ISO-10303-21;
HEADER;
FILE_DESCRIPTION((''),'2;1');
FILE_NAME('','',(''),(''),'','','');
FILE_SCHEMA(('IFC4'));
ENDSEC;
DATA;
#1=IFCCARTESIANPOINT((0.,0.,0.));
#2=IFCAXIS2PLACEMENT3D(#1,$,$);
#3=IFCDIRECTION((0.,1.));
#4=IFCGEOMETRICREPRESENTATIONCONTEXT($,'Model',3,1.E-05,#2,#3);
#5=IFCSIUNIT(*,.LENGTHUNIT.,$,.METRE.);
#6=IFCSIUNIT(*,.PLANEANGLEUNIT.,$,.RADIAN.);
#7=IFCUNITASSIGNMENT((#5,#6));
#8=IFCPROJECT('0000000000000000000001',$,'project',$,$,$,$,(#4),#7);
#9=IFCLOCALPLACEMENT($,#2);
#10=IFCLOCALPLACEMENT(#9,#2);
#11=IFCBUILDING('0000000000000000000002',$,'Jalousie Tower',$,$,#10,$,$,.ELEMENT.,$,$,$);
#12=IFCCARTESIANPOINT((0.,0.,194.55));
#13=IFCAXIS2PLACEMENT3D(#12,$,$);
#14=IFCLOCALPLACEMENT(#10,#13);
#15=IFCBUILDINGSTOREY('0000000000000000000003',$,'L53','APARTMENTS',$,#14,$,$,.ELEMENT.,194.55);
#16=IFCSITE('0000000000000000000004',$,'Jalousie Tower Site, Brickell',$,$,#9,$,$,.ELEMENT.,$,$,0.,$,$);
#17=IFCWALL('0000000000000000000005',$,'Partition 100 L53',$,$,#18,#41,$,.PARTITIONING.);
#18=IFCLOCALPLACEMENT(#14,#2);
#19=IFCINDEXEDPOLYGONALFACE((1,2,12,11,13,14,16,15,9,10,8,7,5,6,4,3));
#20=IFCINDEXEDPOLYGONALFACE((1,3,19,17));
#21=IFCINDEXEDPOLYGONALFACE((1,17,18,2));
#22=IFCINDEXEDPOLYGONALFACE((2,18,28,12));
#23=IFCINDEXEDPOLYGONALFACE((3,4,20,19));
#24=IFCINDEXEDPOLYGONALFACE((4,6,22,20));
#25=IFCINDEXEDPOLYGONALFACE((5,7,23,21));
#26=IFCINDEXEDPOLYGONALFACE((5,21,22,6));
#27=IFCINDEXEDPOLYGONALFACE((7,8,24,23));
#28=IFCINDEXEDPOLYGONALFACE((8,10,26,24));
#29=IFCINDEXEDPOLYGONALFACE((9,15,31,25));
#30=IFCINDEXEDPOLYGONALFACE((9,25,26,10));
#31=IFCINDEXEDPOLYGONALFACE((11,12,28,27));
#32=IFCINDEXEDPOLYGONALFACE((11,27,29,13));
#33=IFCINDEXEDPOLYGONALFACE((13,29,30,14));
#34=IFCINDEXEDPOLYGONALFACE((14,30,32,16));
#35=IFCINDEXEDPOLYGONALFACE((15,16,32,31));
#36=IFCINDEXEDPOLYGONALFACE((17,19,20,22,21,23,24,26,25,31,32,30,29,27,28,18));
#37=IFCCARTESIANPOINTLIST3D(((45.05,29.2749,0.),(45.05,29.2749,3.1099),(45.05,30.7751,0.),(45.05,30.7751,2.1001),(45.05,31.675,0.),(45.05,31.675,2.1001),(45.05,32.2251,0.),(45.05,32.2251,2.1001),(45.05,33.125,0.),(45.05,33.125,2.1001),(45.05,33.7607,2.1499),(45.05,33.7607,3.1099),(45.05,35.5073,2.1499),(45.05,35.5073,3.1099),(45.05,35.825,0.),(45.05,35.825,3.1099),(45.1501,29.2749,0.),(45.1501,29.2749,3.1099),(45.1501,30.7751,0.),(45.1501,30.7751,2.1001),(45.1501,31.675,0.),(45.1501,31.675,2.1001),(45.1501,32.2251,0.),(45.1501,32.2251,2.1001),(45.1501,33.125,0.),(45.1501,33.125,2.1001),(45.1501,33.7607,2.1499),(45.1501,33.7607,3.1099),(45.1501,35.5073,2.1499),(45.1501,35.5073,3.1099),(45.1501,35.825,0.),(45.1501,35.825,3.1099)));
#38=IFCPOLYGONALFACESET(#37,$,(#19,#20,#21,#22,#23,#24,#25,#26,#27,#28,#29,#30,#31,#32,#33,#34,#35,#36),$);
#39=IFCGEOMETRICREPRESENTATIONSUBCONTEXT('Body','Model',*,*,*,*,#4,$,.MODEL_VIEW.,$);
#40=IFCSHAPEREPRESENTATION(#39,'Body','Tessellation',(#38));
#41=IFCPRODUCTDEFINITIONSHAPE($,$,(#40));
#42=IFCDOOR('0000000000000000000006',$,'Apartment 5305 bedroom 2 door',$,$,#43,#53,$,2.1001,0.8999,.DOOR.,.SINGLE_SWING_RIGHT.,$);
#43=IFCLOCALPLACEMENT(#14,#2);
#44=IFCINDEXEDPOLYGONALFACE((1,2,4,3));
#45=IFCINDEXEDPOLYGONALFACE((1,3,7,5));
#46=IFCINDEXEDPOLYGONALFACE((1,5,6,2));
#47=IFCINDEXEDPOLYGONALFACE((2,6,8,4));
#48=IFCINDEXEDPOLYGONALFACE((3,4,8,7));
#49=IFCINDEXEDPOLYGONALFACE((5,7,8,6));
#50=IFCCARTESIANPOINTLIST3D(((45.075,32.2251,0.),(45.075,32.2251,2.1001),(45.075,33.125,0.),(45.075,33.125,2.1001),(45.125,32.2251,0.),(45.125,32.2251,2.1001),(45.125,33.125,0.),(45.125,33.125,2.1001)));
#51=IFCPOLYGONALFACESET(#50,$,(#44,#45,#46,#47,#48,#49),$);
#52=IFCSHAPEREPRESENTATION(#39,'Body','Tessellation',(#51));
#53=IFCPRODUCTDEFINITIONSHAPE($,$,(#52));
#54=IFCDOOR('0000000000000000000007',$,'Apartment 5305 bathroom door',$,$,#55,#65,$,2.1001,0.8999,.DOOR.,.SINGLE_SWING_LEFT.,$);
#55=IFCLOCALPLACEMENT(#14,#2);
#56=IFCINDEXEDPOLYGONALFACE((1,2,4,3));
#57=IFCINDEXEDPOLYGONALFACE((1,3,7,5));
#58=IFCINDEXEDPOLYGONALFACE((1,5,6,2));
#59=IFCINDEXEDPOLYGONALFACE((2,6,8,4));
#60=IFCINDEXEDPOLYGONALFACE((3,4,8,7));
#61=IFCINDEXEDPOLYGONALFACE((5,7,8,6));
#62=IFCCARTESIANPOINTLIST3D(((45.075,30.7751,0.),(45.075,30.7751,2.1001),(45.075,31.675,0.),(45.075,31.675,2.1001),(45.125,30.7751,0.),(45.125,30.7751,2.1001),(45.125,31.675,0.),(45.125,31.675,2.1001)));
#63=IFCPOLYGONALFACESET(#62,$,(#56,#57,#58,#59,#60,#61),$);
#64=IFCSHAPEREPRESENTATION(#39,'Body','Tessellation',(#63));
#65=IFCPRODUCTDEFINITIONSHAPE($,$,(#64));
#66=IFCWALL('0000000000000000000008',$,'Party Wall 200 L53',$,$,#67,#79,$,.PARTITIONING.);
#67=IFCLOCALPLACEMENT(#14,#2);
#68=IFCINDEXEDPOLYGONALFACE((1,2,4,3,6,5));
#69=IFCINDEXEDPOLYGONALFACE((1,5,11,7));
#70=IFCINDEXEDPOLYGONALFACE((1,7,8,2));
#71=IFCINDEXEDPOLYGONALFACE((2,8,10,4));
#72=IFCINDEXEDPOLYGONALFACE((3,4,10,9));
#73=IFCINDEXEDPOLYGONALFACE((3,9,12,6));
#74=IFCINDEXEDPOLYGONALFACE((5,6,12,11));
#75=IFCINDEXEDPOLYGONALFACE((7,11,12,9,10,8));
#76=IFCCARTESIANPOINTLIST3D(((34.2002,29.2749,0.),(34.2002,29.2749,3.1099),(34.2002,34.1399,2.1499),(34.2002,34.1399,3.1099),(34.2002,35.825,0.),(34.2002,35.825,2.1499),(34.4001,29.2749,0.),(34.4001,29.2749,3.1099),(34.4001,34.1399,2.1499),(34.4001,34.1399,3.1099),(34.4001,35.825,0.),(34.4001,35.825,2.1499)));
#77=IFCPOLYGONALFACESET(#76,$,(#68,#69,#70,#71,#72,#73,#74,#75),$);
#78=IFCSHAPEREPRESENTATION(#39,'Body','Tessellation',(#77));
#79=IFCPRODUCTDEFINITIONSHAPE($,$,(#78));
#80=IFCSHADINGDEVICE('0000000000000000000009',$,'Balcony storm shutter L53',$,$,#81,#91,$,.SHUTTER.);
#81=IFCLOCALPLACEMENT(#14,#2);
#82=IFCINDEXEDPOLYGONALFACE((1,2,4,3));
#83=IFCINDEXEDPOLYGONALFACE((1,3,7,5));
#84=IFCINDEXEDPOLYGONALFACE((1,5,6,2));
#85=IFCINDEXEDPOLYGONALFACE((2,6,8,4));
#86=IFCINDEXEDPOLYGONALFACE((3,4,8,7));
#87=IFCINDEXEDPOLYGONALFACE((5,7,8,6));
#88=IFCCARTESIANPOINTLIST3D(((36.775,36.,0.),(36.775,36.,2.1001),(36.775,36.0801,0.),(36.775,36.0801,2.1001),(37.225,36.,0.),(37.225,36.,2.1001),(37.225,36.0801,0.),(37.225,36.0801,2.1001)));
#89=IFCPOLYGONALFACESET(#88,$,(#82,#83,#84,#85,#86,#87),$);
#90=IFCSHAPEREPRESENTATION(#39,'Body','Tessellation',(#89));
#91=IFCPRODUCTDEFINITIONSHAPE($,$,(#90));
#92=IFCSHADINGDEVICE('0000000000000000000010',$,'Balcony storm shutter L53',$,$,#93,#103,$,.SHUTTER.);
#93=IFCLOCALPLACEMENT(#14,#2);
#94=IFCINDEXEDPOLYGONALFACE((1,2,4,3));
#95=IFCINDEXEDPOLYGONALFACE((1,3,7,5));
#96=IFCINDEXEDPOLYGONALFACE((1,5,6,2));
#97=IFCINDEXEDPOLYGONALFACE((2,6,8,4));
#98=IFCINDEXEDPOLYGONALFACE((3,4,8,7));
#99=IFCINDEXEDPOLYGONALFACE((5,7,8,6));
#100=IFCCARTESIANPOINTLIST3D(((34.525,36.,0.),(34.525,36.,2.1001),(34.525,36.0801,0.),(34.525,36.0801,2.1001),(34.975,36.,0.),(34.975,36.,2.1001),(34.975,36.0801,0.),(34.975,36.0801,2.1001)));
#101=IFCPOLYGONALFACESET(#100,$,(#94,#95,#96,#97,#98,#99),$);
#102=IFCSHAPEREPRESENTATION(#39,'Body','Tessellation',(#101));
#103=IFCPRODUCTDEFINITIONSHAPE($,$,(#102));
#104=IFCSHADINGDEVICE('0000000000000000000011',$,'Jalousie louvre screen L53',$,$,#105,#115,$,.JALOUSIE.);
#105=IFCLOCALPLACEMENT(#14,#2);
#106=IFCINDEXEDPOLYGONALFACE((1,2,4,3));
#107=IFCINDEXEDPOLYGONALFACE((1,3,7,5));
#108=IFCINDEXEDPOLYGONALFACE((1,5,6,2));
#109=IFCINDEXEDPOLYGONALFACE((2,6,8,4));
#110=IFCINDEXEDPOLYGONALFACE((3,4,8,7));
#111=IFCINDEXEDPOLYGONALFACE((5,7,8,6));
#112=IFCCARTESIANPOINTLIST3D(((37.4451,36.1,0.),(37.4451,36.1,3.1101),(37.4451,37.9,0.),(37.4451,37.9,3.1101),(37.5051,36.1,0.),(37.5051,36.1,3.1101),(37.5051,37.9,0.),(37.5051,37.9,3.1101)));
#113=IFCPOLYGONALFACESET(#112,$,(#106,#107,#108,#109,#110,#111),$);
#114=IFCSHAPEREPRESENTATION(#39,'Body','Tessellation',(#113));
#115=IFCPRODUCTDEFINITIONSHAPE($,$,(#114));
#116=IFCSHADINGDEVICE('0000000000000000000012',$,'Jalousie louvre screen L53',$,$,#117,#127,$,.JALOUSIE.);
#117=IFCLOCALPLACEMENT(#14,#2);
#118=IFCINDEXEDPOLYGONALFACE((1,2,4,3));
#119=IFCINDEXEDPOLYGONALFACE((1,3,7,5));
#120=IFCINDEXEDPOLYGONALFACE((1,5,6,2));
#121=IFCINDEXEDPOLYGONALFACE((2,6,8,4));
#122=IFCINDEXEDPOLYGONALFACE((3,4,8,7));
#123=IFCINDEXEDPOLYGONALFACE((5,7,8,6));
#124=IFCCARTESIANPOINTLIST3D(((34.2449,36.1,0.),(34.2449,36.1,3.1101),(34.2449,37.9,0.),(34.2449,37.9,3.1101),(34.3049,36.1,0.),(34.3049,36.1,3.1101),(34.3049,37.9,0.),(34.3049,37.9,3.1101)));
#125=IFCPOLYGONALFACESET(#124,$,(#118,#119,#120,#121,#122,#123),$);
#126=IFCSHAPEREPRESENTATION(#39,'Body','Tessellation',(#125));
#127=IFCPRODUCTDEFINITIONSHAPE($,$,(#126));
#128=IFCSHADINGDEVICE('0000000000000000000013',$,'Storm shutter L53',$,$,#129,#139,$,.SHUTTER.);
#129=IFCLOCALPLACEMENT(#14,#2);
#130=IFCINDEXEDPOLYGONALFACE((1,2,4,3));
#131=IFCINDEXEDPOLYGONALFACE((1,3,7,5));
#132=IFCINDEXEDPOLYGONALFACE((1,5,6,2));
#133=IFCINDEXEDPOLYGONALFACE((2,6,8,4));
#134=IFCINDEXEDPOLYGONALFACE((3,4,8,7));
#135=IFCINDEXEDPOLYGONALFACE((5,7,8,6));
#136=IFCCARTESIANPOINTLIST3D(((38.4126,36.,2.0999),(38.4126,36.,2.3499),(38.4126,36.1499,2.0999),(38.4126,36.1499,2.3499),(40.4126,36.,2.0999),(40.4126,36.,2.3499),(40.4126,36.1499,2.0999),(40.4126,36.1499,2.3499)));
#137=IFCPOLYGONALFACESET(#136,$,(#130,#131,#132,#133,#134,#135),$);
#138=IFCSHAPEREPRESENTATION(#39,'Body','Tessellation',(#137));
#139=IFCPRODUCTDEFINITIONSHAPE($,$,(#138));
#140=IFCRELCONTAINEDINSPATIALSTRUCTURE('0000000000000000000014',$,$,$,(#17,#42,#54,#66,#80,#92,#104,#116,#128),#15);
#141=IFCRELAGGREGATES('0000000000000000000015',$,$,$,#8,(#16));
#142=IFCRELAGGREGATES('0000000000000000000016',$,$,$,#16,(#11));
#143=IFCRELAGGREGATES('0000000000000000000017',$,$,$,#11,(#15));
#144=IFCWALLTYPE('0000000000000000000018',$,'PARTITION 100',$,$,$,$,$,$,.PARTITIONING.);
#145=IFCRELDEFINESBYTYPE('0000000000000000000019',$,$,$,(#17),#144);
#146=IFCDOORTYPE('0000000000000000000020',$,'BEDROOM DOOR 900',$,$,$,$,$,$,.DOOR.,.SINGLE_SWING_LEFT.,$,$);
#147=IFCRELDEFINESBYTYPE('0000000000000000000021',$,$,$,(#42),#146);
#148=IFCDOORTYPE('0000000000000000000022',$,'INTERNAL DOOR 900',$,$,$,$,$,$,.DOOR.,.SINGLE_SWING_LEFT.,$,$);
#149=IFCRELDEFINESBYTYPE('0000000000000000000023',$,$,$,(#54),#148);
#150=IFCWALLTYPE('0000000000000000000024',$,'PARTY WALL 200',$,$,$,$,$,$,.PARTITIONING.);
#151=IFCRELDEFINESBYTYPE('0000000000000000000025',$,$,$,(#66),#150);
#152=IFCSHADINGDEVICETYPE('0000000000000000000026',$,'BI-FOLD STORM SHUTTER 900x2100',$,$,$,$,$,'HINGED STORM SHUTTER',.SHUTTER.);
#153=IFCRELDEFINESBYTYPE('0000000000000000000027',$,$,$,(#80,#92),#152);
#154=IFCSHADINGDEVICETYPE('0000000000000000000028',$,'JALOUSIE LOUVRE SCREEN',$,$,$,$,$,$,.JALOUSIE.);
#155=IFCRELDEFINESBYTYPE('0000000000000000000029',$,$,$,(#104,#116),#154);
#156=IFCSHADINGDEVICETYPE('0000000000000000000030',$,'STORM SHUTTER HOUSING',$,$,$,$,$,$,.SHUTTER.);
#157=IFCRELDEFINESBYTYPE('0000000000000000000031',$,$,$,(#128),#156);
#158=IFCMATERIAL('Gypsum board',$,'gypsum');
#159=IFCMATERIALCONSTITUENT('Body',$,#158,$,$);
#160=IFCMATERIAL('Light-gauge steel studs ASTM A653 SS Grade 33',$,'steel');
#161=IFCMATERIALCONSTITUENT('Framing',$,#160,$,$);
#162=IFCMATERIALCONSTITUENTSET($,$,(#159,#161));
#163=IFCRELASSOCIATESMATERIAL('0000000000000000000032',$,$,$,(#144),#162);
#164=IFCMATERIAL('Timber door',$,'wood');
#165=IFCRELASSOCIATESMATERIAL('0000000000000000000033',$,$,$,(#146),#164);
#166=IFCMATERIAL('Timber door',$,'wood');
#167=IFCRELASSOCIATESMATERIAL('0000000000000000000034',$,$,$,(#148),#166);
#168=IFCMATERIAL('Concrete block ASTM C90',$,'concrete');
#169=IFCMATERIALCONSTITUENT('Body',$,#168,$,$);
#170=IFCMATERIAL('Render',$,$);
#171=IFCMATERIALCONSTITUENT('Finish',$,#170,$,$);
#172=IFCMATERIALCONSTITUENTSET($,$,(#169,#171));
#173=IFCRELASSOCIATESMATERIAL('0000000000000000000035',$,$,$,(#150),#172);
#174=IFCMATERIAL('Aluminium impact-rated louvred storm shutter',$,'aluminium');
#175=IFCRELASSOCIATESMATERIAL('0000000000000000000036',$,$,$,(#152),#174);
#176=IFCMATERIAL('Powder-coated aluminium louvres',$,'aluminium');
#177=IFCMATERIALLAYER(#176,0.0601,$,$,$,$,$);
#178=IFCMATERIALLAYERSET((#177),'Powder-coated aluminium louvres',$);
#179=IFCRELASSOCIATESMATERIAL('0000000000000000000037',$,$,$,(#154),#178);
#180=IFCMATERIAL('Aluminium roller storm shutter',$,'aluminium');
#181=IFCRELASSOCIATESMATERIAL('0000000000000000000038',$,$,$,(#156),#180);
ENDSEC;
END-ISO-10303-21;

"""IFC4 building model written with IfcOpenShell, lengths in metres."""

from ifc_helpers import new_model, si_unit, direction, frame, frame_2d, origin, origin_2d, place, context, subcontext, project, spatial, polyline, rectangle, outline, extrude, material, layer, layer_set, constituent, constituent_set, type_object, element, fill, save


model = new_model("IFC4")

# Units and contexts
model_context = context("Model", 3, precision=1e-05, world=origin(), true_north=direction((0.0, 1.0)))
body_context = subcontext(model_context, "Body", "Model", "MODEL_VIEW")
ifc_project = project(units=[si_unit("LENGTHUNIT", "METRE"), si_unit("PLANEANGLEUNIT", "RADIAN")], contexts=[model_context])

# Site, building, storey
site_placement = place(None, origin())
site = spatial("IfcSite", under=ifc_project, at=site_placement, Name="Jalousie Tower Site, Brickell", CompositionType="ELEMENT", RefElevation=0.0)
building_placement = place(site_placement, origin())
building = spatial("IfcBuilding", under=site, at=building_placement, Name="Jalousie Tower", CompositionType="ELEMENT")
storey_placement = place(building_placement, frame((0.0, 0.0, 194.55)))
storey = spatial("IfcBuildingStorey", under=building, at=storey_placement, Name="L53", Description="APARTMENTS", CompositionType="ELEMENT", Elevation=194.55)

# Shared definitions
ifc_material_1 = material(Name="Gypsum board", Category="gypsum")
ifc_constituent_1 = constituent(ifc_material_1, Name="Body")
ifc_material_2 = material(Name="Light-gauge steel studs ASTM A653 SS Grade 33", Category="steel")
ifc_constituent_2 = constituent(ifc_material_2, Name="Framing")
ifc_constituent_set_1 = constituent_set(constituents=[ifc_constituent_1, ifc_constituent_2])
wall_type_1 = type_object("IfcWallType", Name="PARTITION 100", PredefinedType="PARTITIONING", material=ifc_constituent_set_1)
ifc_material_3 = material(Name="Timber door", Category="wood")
door_type_1 = type_object("IfcDoorType", Name="BEDROOM DOOR 900", OperationType="SINGLE_SWING_LEFT", PredefinedType="DOOR", material=ifc_material_3)

# Wall, openings, doors
wall_1_placement = place(storey_placement, frame((45.1001, 35.825, 0.0), z_axis=(0.0, 0.0, 1.0), x_axis=(0.0, -1.0, 0.0)))
wall_1 = element("IfcWall", 1, at=wall_1_placement, inside=storey, type_object=wall_type_1, Name="Partition 100 L53", PredefinedType="PARTITIONING", context=body_context, shape_type="SweptSolid", body=[
    extrude(outline(polyline([(0.0, 0.0), (6.55, 0.0), (6.55, 3.1099), (2.0642, 3.1099), (2.0642, 2.1499), (0.3176, 2.1499), (0.3176, 3.1099), (0.0, 3.1099), (0.0, 0.0)])), frame((0.0, 0.05, 0.0), z_axis=(0.0, -1.0, 0.0), x_axis=(1.0, 0.0, 0.0)), (0.0, 0.0, 1.0), 0.1001),
])
opening_1_placement = place(wall_1_placement, frame((2.7, 0.0, 0.0)))
opening_1 = element("IfcOpeningElement", 2, at=opening_1_placement, cuts=wall_1, PredefinedType="OPENING", context=body_context, shape_type="SweptSolid", body=[
    extrude(rectangle(XDim=0.8999, YDim=2.1001, at=frame_2d((0.45, 1.05))), frame((0.0, 0.0601, 0.0), z_axis=(0.0, -1.0, 0.0), x_axis=(1.0, 0.0, 0.0)), (0.0, 0.0, 1.0), 0.1201),
])
opening_2_placement = place(wall_1_placement, frame((4.1499, 0.0, 0.0)))
opening_2 = element("IfcOpeningElement", 3, at=opening_2_placement, cuts=wall_1, PredefinedType="OPENING", context=body_context, shape_type="SweptSolid", body=[
    extrude(rectangle(XDim=0.8999, YDim=2.1001, at=frame_2d((0.45, 1.05))), frame((0.0, 0.0601, 0.0), z_axis=(0.0, -1.0, 0.0), x_axis=(1.0, 0.0, 0.0)), (0.0, 0.0, 1.0), 0.1201),
])
door_1_placement = place(opening_1_placement, origin())
door_1 = element("IfcDoor", 4, at=door_1_placement, inside=storey, type_object=door_type_1, Name="Apartment 5305 bedroom 2 door", OperationType="SINGLE_SWING_RIGHT", OverallHeight=2.1001, OverallWidth=0.8999, PredefinedType="DOOR", context=body_context, shape_type="SweptSolid", body=[
    extrude(rectangle(XDim=0.8999, YDim=2.1001, at=frame_2d((0.45, 1.05))), frame((0.0, 0.0249, 0.0), z_axis=(0.0, -1.0, 0.0), x_axis=(1.0, 0.0, 0.0)), (0.0, 0.0, 1.0), 0.05),
])
fill(opening_1, door_1)
ifc_material_4 = material(Name="Timber door", Category="wood")
door_type_2 = type_object("IfcDoorType", Name="INTERNAL DOOR 900", OperationType="SINGLE_SWING_LEFT", PredefinedType="DOOR", material=ifc_material_4)
door_2_placement = place(opening_2_placement, origin())
door_2 = element("IfcDoor", 5, at=door_2_placement, inside=storey, type_object=door_type_2, Name="Apartment 5305 bathroom door", OperationType="SINGLE_SWING_LEFT", OverallHeight=2.1001, OverallWidth=0.8999, PredefinedType="DOOR", context=body_context, shape_type="SweptSolid", body=[
    extrude(rectangle(XDim=0.8999, YDim=2.1001, at=frame_2d((0.45, 1.05))), frame((0.0, 0.0249, 0.0), z_axis=(0.0, -1.0, 0.0), x_axis=(1.0, 0.0, 0.0)), (0.0, 0.0, 1.0), 0.05),
])
fill(opening_2, door_2)

# Wall
ifc_material_5 = material(Name="Concrete block ASTM C90", Category="concrete")
ifc_constituent_3 = constituent(ifc_material_5, Name="Body")
ifc_material_6 = material(Name="Render")
ifc_constituent_4 = constituent(ifc_material_6, Name="Finish")
ifc_constituent_set_2 = constituent_set(constituents=[ifc_constituent_3, ifc_constituent_4])
wall_type_2 = type_object("IfcWallType", Name="PARTY WALL 200", PredefinedType="PARTITIONING", material=ifc_constituent_set_2)
wall_2_placement = place(storey_placement, frame((34.3, 35.825, 0.0), z_axis=(0.0, 0.0, 1.0), x_axis=(0.0, -1.0, 0.0)))
element("IfcWall", 6, at=wall_2_placement, inside=storey, type_object=wall_type_2, Name="Party Wall 200 L53", PredefinedType="PARTITIONING", context=body_context, shape_type="SweptSolid", body=[
    extrude(outline(polyline([(0.0, 0.0), (6.55, 0.0), (6.55, 3.1099), (1.6851, 3.1099), (1.6851, 2.1499), (0.0, 2.1499), (0.0, 3.1099), (0.0, 0.0)])), frame((0.0, 0.1001, 0.0), z_axis=(0.0, -1.0, 0.0), x_axis=(1.0, 0.0, 0.0)), (0.0, 0.0, 1.0), 0.2),
])

# Shading devices
ifc_material_7 = material(Name="Aluminium impact-rated louvred storm shutter", Category="aluminium")
shading_device_type_1 = type_object("IfcShadingDeviceType", Name="BI-FOLD STORM SHUTTER 900x2100", ElementType="HINGED STORM SHUTTER", PredefinedType="SHUTTER", material=ifc_material_7)
for number, where, z_axis, x_axis, name in (
    (7, (37.0, 36.04, 0.0), (0.0, 0.0, 1.0), (-1.0, 0.0, 0.0), "Balcony storm shutter L53"),
    (8, (34.75, 36.04, 0.0), (0.0, 0.0, 1.0), (-1.0, 0.0, 0.0), "Balcony storm shutter L53"),
):
    element("IfcShadingDevice", number, at=place(storey_placement, frame(where, z_axis=z_axis, x_axis=x_axis)), inside=storey, type_object=shading_device_type_1, Name=name, PredefinedType="SHUTTER", context=body_context, shape_type="SweptSolid", body=[
        extrude(rectangle(XDim=0.45, YDim=0.0801, at=origin_2d()), origin(), (0.0, 0.0, 1.0), 2.1001),
    ])

# Shading devices
ifc_material_8 = material(Name="Powder-coated aluminium louvres", Category="aluminium")
ifc_layer_1 = layer(ifc_material_8, 0.0601)
ifc_layer_set_1 = layer_set([ifc_layer_1], Name="Powder-coated aluminium louvres")
shading_device_type_2 = type_object("IfcShadingDeviceType", Name="JALOUSIE LOUVRE SCREEN", PredefinedType="JALOUSIE", material=ifc_layer_set_1)
for number, where, z_axis, x_axis, name in (
    (9, (37.4751, 37.0, 0.0), (0.0, 0.0, 1.0), (-1.0, 0.0, 0.0), "Jalousie louvre screen L53"),
    (10, (34.2749, 37.0, 0.0), (0.0, 0.0, 1.0), (-1.0, 0.0, 0.0), "Jalousie louvre screen L53"),
):
    element("IfcShadingDevice", number, at=place(storey_placement, frame(where, z_axis=z_axis, x_axis=x_axis)), inside=storey, type_object=shading_device_type_2, Name=name, PredefinedType="JALOUSIE", context=body_context, shape_type="SweptSolid", body=[
        extrude(rectangle(XDim=0.0601, YDim=1.8, at=origin_2d()), origin(), (0.0, 0.0, 1.0), 3.1101),
    ])
ifc_material_9 = material(Name="Aluminium roller storm shutter", Category="aluminium")
shading_device_type_3 = type_object("IfcShadingDeviceType", Name="STORM SHUTTER HOUSING", PredefinedType="SHUTTER", material=ifc_material_9)
shading_device_placement = place(storey_placement, frame((39.4126, 36.075, 2.0999), z_axis=(0.0, 0.0, 1.0), x_axis=(-1.0, 0.0, 0.0)))
element("IfcShadingDevice", 11, at=shading_device_placement, inside=storey, type_object=shading_device_type_3, Name="Storm shutter L53", PredefinedType="SHUTTER", context=body_context, shape_type="SweptSolid", body=[
    extrude(rectangle(XDim=2.0, YDim=0.1499, at=origin_2d()), origin(), (0.0, 0.0, 1.0), 0.25),
])

save(model, "model.ifc")
